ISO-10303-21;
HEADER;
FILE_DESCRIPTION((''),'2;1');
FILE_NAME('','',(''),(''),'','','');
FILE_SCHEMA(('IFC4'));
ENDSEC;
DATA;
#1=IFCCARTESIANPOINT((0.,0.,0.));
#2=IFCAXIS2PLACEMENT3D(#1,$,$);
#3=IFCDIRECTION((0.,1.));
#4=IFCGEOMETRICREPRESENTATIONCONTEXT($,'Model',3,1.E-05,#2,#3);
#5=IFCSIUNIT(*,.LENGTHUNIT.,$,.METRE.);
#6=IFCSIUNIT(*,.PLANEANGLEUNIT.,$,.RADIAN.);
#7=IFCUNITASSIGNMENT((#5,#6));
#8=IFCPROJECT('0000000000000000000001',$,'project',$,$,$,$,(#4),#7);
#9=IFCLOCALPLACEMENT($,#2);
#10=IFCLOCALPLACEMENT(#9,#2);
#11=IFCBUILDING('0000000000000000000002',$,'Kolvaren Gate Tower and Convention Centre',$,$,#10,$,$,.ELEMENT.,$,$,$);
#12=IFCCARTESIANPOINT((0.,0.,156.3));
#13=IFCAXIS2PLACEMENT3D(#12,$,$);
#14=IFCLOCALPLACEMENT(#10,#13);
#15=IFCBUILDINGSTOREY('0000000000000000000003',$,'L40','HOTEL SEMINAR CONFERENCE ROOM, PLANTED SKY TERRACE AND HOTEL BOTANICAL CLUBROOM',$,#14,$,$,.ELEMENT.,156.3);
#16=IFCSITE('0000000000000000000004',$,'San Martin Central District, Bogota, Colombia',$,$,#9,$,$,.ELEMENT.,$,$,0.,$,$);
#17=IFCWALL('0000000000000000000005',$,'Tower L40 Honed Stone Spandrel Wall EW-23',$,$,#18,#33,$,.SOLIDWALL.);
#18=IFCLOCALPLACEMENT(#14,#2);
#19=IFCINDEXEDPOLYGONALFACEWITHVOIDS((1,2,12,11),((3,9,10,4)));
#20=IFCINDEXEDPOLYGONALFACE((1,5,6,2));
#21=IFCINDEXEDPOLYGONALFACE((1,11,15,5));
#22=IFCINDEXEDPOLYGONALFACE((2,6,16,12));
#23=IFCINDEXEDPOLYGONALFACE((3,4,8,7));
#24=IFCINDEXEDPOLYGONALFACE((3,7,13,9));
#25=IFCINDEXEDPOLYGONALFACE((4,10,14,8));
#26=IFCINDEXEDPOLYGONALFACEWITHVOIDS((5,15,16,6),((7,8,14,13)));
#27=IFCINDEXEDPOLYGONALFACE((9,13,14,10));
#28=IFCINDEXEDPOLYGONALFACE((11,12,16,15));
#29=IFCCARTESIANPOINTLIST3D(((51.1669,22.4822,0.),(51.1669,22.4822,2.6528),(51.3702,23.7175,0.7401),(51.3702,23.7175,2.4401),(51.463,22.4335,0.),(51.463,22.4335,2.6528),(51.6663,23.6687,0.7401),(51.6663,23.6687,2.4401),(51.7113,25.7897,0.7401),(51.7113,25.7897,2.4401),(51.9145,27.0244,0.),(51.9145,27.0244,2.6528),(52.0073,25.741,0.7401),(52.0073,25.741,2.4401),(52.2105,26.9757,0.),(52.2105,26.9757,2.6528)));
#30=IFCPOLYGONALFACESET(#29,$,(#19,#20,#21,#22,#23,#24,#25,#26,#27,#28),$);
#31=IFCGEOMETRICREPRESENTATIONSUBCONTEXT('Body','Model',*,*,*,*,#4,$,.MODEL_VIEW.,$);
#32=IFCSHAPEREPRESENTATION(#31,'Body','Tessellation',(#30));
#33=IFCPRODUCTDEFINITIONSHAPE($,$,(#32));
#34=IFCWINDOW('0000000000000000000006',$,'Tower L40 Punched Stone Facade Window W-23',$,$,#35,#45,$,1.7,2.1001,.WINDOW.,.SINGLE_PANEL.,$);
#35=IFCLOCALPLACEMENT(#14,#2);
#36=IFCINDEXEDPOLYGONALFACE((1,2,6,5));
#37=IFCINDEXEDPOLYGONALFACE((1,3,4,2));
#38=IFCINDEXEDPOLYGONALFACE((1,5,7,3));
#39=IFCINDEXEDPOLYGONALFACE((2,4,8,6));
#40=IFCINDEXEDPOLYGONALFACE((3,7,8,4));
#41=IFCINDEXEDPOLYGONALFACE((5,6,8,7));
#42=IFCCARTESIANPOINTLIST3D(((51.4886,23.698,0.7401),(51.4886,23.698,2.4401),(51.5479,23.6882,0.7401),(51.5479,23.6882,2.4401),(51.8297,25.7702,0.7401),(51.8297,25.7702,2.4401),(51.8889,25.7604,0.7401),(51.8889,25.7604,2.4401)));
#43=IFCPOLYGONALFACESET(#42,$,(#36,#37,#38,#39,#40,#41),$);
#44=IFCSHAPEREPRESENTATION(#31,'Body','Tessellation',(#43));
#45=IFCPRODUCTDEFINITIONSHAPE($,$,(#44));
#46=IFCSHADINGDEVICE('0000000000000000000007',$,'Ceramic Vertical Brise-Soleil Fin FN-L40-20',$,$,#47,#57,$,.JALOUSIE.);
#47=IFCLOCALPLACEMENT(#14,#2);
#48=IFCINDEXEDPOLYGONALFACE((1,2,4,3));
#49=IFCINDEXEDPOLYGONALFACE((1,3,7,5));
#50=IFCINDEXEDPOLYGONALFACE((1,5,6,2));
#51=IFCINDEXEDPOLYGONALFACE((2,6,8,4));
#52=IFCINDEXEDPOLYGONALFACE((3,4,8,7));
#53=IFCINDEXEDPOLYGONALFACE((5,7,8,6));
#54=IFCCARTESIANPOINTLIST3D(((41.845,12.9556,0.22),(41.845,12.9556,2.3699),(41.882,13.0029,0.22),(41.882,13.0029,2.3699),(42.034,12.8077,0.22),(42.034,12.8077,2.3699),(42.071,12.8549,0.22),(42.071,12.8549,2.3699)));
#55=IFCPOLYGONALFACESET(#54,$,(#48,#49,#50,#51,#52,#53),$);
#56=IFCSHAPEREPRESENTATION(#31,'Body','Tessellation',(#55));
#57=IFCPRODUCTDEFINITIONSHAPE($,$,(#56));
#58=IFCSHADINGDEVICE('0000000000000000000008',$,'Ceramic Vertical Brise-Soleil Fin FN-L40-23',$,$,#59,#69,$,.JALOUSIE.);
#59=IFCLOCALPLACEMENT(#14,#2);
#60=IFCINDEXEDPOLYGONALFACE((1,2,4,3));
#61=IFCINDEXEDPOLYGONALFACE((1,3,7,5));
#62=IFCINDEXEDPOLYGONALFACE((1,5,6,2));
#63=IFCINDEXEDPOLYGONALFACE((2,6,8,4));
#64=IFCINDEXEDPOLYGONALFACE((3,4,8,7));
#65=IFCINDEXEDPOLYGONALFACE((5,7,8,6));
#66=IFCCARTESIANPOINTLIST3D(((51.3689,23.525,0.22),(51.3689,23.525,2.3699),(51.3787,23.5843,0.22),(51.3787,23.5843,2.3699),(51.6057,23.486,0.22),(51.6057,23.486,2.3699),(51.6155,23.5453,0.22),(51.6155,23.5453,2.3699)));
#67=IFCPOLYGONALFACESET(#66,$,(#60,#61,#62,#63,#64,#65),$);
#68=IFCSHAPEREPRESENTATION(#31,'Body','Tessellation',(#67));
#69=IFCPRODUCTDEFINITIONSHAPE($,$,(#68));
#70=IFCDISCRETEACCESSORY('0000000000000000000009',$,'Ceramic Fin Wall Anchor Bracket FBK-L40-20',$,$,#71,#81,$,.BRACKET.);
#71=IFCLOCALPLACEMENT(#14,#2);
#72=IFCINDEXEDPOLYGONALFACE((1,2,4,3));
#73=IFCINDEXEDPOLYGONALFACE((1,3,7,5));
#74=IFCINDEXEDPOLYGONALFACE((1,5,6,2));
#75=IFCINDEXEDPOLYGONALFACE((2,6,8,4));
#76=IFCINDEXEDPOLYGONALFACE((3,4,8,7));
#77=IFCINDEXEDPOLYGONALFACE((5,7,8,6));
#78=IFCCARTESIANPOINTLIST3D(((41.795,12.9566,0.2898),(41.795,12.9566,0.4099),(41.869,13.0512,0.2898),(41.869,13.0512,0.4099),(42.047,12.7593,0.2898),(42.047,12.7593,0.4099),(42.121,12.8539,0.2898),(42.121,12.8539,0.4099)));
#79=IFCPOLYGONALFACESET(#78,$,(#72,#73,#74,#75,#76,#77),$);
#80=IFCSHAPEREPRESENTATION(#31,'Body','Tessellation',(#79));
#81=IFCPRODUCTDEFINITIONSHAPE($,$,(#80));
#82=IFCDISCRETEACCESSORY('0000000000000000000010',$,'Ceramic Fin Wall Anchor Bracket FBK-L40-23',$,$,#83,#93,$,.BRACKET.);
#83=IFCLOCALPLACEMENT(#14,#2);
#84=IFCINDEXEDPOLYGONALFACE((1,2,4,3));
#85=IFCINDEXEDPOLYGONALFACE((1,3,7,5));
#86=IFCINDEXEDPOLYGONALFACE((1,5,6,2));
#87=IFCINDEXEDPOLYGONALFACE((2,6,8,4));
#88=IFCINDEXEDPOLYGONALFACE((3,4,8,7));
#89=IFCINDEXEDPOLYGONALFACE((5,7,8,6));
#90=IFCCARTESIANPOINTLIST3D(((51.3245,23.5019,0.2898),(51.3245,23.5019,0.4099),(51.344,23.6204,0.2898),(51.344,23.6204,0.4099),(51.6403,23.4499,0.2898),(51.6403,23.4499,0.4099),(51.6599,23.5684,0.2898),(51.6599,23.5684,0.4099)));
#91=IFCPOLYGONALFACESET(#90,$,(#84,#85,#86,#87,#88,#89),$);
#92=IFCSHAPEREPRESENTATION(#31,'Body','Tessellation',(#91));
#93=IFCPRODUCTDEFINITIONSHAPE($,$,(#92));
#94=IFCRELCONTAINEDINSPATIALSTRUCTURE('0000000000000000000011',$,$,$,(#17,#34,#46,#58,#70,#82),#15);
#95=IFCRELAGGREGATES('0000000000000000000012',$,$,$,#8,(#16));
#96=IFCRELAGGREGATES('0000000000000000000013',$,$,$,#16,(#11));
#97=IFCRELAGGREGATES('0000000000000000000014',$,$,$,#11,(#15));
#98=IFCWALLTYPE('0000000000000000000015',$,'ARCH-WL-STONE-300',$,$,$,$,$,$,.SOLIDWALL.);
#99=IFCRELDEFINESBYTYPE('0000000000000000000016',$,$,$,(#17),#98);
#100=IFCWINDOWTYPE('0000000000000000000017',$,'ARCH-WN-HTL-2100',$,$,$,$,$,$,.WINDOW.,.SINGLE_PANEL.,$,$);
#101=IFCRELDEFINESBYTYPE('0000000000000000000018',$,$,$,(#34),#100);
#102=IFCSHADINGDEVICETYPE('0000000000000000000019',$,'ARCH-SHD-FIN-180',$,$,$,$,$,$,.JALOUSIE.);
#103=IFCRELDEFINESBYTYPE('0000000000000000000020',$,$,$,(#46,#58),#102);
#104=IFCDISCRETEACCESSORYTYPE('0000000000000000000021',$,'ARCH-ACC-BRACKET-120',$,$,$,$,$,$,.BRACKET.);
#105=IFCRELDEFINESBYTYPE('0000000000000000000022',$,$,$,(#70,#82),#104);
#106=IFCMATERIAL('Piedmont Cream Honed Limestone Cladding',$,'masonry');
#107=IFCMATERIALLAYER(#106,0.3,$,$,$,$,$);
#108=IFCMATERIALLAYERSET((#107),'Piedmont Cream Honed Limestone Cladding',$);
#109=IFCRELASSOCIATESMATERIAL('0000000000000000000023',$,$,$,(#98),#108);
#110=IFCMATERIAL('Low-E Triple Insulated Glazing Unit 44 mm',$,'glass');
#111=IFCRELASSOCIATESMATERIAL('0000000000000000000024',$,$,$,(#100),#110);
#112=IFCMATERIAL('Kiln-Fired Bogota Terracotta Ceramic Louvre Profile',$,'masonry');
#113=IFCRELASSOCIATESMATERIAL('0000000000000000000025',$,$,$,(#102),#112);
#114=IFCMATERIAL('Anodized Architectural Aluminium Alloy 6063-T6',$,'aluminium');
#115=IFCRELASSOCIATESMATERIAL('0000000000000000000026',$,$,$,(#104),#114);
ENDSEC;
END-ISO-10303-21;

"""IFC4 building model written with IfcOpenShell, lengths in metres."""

from ifc_helpers import new_model, si_unit, direction, frame, frame_2d, origin, origin_2d, place, context, subcontext, project, spatial, rectangle, extrude, material, layer, layer_set, type_object, element, fill, save


model = new_model("IFC4")

# Units and contexts
model_context = context("Model", 3, precision=1e-05, world=origin(), true_north=direction((0.0, 1.0)))
body_context = subcontext(model_context, "Body", "Model", "MODEL_VIEW")
ifc_project = project(units=[si_unit("LENGTHUNIT", "METRE"), si_unit("PLANEANGLEUNIT", "RADIAN")], contexts=[model_context])

# Site, building, storey
site_placement = place(None, origin())
site = spatial("IfcSite", under=ifc_project, at=site_placement, Name="San Martin Central District, Bogota, Colombia", CompositionType="ELEMENT", RefElevation=0.0)
building_placement = place(site_placement, origin())
building = spatial("IfcBuilding", under=site, at=building_placement, Name="Kolvaren Gate Tower and Convention Centre", CompositionType="ELEMENT")
storey_placement = place(building_placement, frame((0.0, 0.0, 156.3)))
storey = spatial("IfcBuildingStorey", under=building, at=storey_placement, Name="L40", Description="HOTEL SEMINAR CONFERENCE ROOM, PLANTED SKY TERRACE AND HOTEL BOTANICAL CLUBROOM", CompositionType="ELEMENT", Elevation=156.3)

# Shared definitions
ifc_material_1 = material(Name="Piedmont Cream Honed Limestone Cladding", Category="masonry")

# Shared definitions
ifc_layer_1 = layer(ifc_material_1, 0.3)
ifc_layer_set_1 = layer_set([ifc_layer_1], Name="Piedmont Cream Honed Limestone Cladding")
wall_type_1 = type_object("IfcWallType", Name="ARCH-WL-STONE-300", PredefinedType="SOLIDWALL", material=ifc_layer_set_1)
ifc_material_2 = material(Name="Low-E Triple Insulated Glazing Unit 44 mm", Category="glass")
window_type = type_object("IfcWindowType", Name="ARCH-WN-HTL-2100", PartitioningType="SINGLE_PANEL", PredefinedType="WINDOW", material=ifc_material_2)

# Shared definitions
ifc_material_3 = material(Name="Anodized Architectural Aluminium Alloy 6063-T6", Category="aluminium")

# Wall, opening, window
wall_1_placement = place(storey_placement, frame((51.3149, 22.4578, 0.0), z_axis=(0.0, 0.0, 1.0), x_axis=(0.162395, 0.986726, 0.0)))
wall_1 = element("IfcWall", 1, at=wall_1_placement, inside=storey, type_object=wall_type_1, Name="Tower L40 Honed Stone Spandrel Wall EW-23", PredefinedType="SOLIDWALL", context=body_context, shape_type="SweptSolid", body=[
    extrude(rectangle(XDim=4.6033, YDim=0.3, at=frame_2d((2.3018, 0.0))), origin(), (0.0, 0.0, 1.0), 2.6528),
])
opening_1_placement = place(wall_1_placement, frame((1.252, 0.0, 0.74)))
opening_1 = element("IfcOpeningElement", 2, at=opening_1_placement, cuts=wall_1, PredefinedType="OPENING", context=body_context, shape_type="SweptSolid", body=[
    extrude(rectangle(XDim=2.1001, YDim=1.7, at=frame_2d((1.05, 0.8501))), frame((0.0, 0.1599, 0.0), z_axis=(0.0, -1.0, 0.0), x_axis=(1.0, 0.0, 0.0)), (0.0, 0.0, 1.0), 0.3201),
])
window_1_placement = place(opening_1_placement, origin())
window_1 = element("IfcWindow", 3, at=window_1_placement, inside=storey, type_object=window_type, Name="Tower L40 Punched Stone Facade Window W-23", OverallHeight=1.7, OverallWidth=2.1001, PartitioningType="SINGLE_PANEL", PredefinedType="WINDOW", context=body_context, shape_type="SweptSolid", body=[
    extrude(rectangle(XDim=2.1001, YDim=1.7, at=frame_2d((1.05, 0.8501))), frame((0.0, 0.03, 0.0), z_axis=(0.0, -1.0, 0.0), x_axis=(1.0, 0.0, 0.0)), (0.0, 0.0, 1.0), 0.0601),
])
fill(opening_1, window_1)

# Shading devices
ifc_material_4 = material(Name="Kiln-Fired Bogota Terracotta Ceramic Louvre Profile", Category="masonry")
shading_device_type = type_object("IfcShadingDeviceType", Name="ARCH-SHD-FIN-180", PredefinedType="JALOUSIE", material=ifc_material_4)
for number, where, z_axis, x_axis, name in (
    (4, (41.958, 12.9053, 0.22), (0.0, 0.0, 1.0), (0.616434, 0.787406, 0.0), "Ceramic Vertical Brise-Soleil Fin FN-L40-20"),
    (5, (51.4922, 23.5352, 0.22), (0.0, 0.0, 1.0), (0.162381, 0.986728, 0.0), "Ceramic Vertical Brise-Soleil Fin FN-L40-23"),
):
    element("IfcShadingDevice", number, at=place(storey_placement, frame(where, z_axis=z_axis, x_axis=x_axis)), inside=storey, type_object=shading_device_type, Name=name, PredefinedType="JALOUSIE", context=body_context, shape_type="SweptSolid", body=[
        extrude(rectangle(XDim=0.0601, YDim=0.24, at=origin_2d()), origin(), (0.0, 0.0, 1.0), 2.1499),
    ])

# Discrete accessories
discrete_accessory_type = type_object("IfcDiscreteAccessoryType", Name="ARCH-ACC-BRACKET-120", PredefinedType="BRACKET", material=ifc_material_3)
for number, where, z_axis, x_axis, name in (
    (6, (41.958, 12.9053, 0.2898), (0.0, 0.0, 1.0), (0.616434, 0.787406, 0.0), "Ceramic Fin Wall Anchor Bracket FBK-L40-20"),
    (7, (51.4922, 23.5352, 0.2898), (0.0, 0.0, 1.0), (0.162381, 0.986728, 0.0), "Ceramic Fin Wall Anchor Bracket FBK-L40-23"),
):
    element("IfcDiscreteAccessory", number, at=place(storey_placement, frame(where, z_axis=z_axis, x_axis=x_axis)), inside=storey, type_object=discrete_accessory_type, Name=name, PredefinedType="BRACKET", context=body_context, shape_type="SweptSolid", body=[
        extrude(rectangle(XDim=0.1201, YDim=0.3201, at=origin_2d()), origin(), (0.0, 0.0, 1.0), 0.1201),
    ])

save(model, "model.ifc")
